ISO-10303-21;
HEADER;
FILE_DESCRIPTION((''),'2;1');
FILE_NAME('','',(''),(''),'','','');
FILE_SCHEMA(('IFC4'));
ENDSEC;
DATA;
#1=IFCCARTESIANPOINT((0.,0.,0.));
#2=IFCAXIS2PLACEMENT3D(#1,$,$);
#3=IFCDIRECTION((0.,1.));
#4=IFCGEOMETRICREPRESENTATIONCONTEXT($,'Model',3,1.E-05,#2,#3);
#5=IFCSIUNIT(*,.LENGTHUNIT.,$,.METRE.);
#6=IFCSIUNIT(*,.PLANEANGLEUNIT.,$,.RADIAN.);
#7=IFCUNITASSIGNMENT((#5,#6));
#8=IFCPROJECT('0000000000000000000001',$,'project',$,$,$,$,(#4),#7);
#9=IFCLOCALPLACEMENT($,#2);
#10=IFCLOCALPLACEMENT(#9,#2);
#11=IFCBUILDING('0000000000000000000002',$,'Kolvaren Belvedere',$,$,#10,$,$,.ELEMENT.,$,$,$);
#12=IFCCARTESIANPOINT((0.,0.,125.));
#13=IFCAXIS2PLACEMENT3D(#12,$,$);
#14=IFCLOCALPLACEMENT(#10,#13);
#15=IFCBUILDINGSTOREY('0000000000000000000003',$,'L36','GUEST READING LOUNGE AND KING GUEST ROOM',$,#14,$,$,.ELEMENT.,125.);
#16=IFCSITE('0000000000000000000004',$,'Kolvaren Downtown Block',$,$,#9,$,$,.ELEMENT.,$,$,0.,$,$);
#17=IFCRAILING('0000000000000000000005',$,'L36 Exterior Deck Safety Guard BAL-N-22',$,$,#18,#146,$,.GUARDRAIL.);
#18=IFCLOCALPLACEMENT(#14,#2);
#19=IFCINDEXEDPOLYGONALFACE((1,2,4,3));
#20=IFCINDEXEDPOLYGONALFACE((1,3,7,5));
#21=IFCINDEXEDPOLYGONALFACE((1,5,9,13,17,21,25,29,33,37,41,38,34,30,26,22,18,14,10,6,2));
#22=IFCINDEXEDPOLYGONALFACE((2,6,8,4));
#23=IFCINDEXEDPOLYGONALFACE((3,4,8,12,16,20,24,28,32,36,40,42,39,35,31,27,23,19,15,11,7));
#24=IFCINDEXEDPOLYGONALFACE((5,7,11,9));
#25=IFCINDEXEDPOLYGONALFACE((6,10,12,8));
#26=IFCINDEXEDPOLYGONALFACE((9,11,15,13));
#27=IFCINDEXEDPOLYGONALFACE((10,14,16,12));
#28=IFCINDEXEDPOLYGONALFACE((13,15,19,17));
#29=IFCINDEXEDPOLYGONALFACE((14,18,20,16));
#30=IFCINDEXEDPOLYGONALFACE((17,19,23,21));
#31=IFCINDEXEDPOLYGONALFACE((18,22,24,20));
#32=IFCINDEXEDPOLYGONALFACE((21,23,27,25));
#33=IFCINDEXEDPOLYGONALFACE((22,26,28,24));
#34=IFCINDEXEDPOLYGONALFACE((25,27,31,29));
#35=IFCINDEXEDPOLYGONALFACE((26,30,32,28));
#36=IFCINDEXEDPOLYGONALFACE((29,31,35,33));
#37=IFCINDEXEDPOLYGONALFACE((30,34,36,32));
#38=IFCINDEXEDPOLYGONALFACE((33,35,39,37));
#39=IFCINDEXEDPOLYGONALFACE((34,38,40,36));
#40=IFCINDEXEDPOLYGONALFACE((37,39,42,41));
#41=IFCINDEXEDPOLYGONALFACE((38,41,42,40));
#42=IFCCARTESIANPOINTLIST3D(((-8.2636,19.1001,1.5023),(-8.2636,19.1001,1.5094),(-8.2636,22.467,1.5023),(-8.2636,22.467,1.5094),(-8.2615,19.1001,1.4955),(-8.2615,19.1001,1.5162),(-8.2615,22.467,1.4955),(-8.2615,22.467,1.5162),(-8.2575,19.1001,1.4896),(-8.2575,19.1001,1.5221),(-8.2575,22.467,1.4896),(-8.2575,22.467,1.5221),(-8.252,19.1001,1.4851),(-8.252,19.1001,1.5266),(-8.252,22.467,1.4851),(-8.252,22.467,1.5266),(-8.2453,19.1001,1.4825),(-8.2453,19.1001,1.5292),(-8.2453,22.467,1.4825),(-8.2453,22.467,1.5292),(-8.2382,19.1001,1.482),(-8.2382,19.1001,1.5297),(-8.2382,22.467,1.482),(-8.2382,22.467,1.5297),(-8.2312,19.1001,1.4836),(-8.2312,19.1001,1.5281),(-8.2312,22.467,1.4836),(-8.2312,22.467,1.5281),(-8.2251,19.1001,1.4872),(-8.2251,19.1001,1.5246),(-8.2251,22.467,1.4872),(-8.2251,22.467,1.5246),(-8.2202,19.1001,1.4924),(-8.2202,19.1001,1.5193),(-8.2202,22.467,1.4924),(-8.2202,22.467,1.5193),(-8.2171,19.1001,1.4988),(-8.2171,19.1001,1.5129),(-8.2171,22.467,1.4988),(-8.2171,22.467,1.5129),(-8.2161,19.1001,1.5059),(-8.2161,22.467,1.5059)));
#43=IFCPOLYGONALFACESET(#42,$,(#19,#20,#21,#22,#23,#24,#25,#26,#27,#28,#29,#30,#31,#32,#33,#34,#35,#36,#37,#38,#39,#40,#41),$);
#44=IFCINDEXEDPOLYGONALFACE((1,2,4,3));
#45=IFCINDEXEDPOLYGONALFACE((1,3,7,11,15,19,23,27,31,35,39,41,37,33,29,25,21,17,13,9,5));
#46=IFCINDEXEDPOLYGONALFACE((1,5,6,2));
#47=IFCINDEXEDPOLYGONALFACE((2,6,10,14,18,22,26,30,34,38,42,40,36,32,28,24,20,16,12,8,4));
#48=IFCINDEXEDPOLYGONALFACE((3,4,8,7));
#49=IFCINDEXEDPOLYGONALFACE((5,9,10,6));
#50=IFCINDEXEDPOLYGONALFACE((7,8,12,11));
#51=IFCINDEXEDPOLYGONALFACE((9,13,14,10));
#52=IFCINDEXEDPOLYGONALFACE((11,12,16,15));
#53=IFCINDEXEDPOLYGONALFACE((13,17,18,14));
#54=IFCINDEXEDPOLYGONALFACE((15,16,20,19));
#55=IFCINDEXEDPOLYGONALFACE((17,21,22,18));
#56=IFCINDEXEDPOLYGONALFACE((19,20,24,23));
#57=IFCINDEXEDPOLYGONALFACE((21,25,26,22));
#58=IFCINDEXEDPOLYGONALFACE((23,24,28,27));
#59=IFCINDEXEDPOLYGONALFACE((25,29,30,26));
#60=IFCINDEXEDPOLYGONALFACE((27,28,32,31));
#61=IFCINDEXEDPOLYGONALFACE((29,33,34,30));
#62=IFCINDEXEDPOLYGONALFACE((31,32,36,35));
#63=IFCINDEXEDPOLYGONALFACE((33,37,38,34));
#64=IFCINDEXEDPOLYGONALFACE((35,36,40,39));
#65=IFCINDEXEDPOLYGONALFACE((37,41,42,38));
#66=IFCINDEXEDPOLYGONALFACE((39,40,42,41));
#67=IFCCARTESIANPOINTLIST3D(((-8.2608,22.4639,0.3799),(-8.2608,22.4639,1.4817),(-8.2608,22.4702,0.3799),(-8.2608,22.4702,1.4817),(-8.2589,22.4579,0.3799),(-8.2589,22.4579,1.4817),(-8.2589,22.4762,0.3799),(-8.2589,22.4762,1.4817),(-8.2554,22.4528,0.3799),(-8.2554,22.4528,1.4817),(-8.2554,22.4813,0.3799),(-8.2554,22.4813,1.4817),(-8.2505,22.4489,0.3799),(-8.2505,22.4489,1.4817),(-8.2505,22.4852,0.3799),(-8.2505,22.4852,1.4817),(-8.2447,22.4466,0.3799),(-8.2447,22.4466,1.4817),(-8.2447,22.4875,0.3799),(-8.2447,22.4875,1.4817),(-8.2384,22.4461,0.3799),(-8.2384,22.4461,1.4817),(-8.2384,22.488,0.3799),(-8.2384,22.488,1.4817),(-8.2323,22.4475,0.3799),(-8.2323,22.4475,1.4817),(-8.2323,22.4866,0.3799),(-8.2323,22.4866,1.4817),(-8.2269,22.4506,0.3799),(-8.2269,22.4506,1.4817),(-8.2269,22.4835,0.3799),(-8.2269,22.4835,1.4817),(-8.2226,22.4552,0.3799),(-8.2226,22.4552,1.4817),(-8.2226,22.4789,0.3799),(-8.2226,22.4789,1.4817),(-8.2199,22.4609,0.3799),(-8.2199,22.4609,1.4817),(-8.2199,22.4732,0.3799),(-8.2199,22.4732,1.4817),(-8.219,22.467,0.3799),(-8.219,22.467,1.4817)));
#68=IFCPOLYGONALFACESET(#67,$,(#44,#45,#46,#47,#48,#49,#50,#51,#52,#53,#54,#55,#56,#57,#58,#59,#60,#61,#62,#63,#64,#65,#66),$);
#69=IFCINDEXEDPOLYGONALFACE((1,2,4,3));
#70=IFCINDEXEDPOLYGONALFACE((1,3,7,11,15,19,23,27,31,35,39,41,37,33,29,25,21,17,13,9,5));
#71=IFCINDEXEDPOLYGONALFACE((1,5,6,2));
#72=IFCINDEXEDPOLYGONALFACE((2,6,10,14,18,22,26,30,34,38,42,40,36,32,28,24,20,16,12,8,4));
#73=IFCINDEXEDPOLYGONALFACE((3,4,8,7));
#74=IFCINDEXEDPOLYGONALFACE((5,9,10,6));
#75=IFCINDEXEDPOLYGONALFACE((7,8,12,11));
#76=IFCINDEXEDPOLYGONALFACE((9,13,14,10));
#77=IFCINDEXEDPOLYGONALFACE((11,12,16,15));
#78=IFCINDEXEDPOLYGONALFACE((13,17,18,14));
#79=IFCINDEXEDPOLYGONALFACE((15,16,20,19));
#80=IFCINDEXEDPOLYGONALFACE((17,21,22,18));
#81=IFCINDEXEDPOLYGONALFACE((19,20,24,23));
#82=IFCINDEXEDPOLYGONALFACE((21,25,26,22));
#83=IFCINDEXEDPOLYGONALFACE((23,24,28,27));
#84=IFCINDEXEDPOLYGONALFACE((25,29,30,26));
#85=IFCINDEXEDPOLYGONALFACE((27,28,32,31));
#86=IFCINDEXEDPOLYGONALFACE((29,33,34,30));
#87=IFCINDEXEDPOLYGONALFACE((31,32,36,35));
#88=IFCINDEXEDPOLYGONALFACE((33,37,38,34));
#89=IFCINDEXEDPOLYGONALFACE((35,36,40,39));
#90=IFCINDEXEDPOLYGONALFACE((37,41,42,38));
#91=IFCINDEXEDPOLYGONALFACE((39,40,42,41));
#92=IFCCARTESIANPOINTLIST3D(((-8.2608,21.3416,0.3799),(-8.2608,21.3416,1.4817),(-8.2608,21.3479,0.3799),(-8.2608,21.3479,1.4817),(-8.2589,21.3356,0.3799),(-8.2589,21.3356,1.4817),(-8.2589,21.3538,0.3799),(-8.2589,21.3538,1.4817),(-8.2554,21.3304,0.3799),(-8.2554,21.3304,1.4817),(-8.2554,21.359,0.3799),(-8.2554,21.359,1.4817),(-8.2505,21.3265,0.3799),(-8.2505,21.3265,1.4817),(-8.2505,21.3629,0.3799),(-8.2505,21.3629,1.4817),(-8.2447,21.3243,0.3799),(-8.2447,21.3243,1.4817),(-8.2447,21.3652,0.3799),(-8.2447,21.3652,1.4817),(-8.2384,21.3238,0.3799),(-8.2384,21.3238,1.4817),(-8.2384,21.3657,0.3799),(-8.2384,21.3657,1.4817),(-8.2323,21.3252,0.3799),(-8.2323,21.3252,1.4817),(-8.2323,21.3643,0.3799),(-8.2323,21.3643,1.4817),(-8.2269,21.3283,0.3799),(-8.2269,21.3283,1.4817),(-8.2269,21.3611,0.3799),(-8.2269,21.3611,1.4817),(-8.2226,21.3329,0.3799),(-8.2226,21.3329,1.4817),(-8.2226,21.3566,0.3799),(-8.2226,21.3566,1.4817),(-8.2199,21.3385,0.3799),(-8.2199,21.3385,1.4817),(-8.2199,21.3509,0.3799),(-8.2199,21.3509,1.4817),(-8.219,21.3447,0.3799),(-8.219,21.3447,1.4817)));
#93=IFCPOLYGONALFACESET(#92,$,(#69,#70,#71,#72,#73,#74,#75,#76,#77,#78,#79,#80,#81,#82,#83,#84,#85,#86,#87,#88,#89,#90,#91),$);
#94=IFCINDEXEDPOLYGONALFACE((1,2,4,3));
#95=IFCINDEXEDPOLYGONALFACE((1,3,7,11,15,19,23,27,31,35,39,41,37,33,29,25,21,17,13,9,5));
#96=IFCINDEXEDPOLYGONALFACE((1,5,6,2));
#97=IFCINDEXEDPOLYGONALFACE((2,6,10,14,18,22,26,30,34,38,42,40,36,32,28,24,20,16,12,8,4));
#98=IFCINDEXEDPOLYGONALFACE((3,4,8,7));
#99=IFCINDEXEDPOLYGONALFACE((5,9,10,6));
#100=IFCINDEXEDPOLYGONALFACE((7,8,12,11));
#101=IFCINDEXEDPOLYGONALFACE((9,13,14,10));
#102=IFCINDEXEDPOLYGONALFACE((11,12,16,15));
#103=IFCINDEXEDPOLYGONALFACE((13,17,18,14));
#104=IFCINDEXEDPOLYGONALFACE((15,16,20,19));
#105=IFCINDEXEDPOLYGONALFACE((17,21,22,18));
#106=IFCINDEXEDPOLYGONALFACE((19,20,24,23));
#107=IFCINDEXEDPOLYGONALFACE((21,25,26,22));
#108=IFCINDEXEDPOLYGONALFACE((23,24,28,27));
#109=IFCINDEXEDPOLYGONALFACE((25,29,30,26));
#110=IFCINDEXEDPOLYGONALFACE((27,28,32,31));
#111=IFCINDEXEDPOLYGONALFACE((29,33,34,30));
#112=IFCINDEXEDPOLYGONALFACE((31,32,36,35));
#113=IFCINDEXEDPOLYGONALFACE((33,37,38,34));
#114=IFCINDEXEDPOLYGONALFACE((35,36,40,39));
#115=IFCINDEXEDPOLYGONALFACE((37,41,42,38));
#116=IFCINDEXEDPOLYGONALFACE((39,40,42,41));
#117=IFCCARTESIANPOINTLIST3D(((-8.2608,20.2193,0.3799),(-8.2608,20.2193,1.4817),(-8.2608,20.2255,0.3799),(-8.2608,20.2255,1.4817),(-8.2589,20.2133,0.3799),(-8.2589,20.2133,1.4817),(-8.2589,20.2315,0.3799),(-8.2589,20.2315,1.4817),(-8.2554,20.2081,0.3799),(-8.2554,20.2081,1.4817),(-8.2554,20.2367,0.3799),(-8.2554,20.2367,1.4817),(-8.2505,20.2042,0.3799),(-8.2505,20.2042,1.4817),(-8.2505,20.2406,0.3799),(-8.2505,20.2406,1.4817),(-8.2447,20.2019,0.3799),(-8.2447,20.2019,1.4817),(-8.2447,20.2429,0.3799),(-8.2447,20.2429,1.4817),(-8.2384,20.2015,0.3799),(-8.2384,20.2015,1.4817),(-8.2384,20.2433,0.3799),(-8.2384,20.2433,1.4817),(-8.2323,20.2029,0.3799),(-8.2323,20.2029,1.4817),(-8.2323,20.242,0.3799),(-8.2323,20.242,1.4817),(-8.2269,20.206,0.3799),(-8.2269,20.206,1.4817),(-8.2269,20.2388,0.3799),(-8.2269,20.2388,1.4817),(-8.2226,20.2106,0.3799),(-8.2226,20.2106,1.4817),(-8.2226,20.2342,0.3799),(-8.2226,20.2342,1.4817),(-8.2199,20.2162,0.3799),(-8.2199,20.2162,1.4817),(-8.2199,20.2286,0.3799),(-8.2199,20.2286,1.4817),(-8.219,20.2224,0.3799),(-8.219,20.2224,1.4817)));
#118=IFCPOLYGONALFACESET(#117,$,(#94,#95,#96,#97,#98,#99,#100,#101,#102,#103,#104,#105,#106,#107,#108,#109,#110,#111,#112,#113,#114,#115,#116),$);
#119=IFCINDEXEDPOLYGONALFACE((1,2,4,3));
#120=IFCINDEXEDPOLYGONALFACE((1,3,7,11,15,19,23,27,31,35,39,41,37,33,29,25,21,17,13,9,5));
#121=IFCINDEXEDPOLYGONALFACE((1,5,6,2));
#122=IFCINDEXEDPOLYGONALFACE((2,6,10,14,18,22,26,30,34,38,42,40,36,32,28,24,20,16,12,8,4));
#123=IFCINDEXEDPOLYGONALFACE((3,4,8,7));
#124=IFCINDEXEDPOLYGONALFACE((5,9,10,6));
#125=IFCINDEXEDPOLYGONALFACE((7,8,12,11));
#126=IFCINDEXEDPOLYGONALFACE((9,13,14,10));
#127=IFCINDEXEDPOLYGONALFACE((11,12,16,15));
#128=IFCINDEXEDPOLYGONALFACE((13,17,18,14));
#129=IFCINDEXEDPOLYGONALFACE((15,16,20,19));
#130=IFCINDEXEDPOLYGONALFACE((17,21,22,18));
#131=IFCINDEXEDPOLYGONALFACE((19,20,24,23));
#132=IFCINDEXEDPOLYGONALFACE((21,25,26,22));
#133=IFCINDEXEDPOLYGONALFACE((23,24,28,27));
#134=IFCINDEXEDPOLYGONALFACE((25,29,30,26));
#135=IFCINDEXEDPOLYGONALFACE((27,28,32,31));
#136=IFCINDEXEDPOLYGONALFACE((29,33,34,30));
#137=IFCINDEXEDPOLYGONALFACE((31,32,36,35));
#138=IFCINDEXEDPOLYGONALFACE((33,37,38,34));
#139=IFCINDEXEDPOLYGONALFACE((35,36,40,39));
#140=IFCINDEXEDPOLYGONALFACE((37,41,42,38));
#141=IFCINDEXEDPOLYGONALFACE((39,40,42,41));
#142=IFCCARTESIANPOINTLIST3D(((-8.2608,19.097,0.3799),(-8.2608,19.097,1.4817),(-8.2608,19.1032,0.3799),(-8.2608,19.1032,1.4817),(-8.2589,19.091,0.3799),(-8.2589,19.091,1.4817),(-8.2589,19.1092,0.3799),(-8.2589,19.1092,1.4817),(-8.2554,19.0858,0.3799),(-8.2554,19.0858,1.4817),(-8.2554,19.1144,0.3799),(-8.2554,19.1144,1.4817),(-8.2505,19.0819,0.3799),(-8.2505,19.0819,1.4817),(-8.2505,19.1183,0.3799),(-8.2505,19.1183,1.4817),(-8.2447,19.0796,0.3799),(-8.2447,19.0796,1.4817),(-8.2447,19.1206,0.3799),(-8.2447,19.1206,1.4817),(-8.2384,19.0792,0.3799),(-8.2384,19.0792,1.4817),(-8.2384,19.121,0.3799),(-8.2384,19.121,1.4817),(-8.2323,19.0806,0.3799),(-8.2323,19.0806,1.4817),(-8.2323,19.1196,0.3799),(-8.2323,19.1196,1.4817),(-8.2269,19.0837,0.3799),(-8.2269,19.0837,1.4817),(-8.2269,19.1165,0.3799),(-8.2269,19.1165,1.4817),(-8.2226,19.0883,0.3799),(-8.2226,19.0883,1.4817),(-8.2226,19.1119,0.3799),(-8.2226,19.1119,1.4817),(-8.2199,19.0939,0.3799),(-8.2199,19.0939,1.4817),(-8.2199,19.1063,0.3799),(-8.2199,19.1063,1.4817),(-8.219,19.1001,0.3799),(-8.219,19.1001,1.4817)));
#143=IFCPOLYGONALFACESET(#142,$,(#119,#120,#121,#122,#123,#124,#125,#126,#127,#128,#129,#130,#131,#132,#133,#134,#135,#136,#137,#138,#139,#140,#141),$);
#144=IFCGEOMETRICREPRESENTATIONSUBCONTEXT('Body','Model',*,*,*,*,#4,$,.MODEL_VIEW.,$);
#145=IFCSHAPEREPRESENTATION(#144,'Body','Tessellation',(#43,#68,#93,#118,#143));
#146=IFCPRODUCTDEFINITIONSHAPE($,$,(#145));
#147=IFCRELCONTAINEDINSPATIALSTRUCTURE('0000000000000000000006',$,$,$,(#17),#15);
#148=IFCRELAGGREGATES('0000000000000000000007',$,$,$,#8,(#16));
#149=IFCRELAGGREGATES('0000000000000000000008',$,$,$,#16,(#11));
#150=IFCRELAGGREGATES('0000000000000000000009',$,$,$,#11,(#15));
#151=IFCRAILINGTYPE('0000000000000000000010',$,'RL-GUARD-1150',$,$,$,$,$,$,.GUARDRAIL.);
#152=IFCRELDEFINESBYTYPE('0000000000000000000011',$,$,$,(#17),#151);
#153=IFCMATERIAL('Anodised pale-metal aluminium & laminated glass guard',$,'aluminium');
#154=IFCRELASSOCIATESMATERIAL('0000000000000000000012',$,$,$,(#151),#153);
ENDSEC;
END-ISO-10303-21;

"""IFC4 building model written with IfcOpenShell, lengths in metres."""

from ifc_helpers import new_model, si_unit, direction, frame, origin, origin_2d, place, context, subcontext, project, spatial, circle, extrude, material, type_object, element, save


model = new_model("IFC4")

# Units and contexts
model_context = context("Model", 3, precision=1e-05, world=origin(), true_north=direction((0.0, 1.0)))
body_context = subcontext(model_context, "Body", "Model", "MODEL_VIEW")
ifc_project = project(units=[si_unit("LENGTHUNIT", "METRE"), si_unit("PLANEANGLEUNIT", "RADIAN")], contexts=[model_context])

# Site, building, storey
site_placement = place(None, origin())
site = spatial("IfcSite", under=ifc_project, at=site_placement, Name="Kolvaren Downtown Block", CompositionType="ELEMENT", RefElevation=0.0)
building_placement = place(site_placement, origin())
building = spatial("IfcBuilding", under=site, at=building_placement, Name="Kolvaren Belvedere", CompositionType="ELEMENT")
storey_placement = place(building_placement, frame((0.0, 0.0, 125.0)))
storey = spatial("IfcBuildingStorey", under=building, at=storey_placement, Name="L36", Description="GUEST READING LOUNGE AND KING GUEST ROOM", CompositionType="ELEMENT", Elevation=125.0)

# Railing
ifc_material_1 = material(Name="Anodised pale-metal aluminium & laminated glass guard", Category="aluminium")
railing_type = type_object("IfcRailingType", Name="RL-GUARD-1150", PredefinedType="GUARDRAIL", material=ifc_material_1)
railing_1_placement = place(storey_placement, frame((-8.24, 22.467, 0.3799)))
element("IfcRailing", 1, at=railing_1_placement, inside=storey, type_object=railing_type, Name="L36 Exterior Deck Safety Guard BAL-N-22", PredefinedType="GUARDRAIL", context=body_context, shape_type="SweptSolid", body=[
    extrude(circle(Radius=0.0239, at=origin_2d()), frame((0.0, 0.0, 1.126), z_axis=(0.0, -1.0, 0.0), x_axis=(1.0, 0.0, 0.0)), (0.0, 0.0, 1.0), 3.3669),
    extrude(circle(Radius=0.021, at=origin_2d()), origin(), (0.0, 0.0, 1.0), 1.1018),
    extrude(circle(Radius=0.021, at=origin_2d()), frame((0.0, -1.1223, 0.0)), (0.0, 0.0, 1.0), 1.1018),
    extrude(circle(Radius=0.021, at=origin_2d()), frame((0.0, -2.2446, 0.0)), (0.0, 0.0, 1.0), 1.1018),
    extrude(circle(Radius=0.021, at=origin_2d()), frame((0.0, -3.3669, 0.0)), (0.0, 0.0, 1.0), 1.1018),
])

save(model, "model.ifc")
